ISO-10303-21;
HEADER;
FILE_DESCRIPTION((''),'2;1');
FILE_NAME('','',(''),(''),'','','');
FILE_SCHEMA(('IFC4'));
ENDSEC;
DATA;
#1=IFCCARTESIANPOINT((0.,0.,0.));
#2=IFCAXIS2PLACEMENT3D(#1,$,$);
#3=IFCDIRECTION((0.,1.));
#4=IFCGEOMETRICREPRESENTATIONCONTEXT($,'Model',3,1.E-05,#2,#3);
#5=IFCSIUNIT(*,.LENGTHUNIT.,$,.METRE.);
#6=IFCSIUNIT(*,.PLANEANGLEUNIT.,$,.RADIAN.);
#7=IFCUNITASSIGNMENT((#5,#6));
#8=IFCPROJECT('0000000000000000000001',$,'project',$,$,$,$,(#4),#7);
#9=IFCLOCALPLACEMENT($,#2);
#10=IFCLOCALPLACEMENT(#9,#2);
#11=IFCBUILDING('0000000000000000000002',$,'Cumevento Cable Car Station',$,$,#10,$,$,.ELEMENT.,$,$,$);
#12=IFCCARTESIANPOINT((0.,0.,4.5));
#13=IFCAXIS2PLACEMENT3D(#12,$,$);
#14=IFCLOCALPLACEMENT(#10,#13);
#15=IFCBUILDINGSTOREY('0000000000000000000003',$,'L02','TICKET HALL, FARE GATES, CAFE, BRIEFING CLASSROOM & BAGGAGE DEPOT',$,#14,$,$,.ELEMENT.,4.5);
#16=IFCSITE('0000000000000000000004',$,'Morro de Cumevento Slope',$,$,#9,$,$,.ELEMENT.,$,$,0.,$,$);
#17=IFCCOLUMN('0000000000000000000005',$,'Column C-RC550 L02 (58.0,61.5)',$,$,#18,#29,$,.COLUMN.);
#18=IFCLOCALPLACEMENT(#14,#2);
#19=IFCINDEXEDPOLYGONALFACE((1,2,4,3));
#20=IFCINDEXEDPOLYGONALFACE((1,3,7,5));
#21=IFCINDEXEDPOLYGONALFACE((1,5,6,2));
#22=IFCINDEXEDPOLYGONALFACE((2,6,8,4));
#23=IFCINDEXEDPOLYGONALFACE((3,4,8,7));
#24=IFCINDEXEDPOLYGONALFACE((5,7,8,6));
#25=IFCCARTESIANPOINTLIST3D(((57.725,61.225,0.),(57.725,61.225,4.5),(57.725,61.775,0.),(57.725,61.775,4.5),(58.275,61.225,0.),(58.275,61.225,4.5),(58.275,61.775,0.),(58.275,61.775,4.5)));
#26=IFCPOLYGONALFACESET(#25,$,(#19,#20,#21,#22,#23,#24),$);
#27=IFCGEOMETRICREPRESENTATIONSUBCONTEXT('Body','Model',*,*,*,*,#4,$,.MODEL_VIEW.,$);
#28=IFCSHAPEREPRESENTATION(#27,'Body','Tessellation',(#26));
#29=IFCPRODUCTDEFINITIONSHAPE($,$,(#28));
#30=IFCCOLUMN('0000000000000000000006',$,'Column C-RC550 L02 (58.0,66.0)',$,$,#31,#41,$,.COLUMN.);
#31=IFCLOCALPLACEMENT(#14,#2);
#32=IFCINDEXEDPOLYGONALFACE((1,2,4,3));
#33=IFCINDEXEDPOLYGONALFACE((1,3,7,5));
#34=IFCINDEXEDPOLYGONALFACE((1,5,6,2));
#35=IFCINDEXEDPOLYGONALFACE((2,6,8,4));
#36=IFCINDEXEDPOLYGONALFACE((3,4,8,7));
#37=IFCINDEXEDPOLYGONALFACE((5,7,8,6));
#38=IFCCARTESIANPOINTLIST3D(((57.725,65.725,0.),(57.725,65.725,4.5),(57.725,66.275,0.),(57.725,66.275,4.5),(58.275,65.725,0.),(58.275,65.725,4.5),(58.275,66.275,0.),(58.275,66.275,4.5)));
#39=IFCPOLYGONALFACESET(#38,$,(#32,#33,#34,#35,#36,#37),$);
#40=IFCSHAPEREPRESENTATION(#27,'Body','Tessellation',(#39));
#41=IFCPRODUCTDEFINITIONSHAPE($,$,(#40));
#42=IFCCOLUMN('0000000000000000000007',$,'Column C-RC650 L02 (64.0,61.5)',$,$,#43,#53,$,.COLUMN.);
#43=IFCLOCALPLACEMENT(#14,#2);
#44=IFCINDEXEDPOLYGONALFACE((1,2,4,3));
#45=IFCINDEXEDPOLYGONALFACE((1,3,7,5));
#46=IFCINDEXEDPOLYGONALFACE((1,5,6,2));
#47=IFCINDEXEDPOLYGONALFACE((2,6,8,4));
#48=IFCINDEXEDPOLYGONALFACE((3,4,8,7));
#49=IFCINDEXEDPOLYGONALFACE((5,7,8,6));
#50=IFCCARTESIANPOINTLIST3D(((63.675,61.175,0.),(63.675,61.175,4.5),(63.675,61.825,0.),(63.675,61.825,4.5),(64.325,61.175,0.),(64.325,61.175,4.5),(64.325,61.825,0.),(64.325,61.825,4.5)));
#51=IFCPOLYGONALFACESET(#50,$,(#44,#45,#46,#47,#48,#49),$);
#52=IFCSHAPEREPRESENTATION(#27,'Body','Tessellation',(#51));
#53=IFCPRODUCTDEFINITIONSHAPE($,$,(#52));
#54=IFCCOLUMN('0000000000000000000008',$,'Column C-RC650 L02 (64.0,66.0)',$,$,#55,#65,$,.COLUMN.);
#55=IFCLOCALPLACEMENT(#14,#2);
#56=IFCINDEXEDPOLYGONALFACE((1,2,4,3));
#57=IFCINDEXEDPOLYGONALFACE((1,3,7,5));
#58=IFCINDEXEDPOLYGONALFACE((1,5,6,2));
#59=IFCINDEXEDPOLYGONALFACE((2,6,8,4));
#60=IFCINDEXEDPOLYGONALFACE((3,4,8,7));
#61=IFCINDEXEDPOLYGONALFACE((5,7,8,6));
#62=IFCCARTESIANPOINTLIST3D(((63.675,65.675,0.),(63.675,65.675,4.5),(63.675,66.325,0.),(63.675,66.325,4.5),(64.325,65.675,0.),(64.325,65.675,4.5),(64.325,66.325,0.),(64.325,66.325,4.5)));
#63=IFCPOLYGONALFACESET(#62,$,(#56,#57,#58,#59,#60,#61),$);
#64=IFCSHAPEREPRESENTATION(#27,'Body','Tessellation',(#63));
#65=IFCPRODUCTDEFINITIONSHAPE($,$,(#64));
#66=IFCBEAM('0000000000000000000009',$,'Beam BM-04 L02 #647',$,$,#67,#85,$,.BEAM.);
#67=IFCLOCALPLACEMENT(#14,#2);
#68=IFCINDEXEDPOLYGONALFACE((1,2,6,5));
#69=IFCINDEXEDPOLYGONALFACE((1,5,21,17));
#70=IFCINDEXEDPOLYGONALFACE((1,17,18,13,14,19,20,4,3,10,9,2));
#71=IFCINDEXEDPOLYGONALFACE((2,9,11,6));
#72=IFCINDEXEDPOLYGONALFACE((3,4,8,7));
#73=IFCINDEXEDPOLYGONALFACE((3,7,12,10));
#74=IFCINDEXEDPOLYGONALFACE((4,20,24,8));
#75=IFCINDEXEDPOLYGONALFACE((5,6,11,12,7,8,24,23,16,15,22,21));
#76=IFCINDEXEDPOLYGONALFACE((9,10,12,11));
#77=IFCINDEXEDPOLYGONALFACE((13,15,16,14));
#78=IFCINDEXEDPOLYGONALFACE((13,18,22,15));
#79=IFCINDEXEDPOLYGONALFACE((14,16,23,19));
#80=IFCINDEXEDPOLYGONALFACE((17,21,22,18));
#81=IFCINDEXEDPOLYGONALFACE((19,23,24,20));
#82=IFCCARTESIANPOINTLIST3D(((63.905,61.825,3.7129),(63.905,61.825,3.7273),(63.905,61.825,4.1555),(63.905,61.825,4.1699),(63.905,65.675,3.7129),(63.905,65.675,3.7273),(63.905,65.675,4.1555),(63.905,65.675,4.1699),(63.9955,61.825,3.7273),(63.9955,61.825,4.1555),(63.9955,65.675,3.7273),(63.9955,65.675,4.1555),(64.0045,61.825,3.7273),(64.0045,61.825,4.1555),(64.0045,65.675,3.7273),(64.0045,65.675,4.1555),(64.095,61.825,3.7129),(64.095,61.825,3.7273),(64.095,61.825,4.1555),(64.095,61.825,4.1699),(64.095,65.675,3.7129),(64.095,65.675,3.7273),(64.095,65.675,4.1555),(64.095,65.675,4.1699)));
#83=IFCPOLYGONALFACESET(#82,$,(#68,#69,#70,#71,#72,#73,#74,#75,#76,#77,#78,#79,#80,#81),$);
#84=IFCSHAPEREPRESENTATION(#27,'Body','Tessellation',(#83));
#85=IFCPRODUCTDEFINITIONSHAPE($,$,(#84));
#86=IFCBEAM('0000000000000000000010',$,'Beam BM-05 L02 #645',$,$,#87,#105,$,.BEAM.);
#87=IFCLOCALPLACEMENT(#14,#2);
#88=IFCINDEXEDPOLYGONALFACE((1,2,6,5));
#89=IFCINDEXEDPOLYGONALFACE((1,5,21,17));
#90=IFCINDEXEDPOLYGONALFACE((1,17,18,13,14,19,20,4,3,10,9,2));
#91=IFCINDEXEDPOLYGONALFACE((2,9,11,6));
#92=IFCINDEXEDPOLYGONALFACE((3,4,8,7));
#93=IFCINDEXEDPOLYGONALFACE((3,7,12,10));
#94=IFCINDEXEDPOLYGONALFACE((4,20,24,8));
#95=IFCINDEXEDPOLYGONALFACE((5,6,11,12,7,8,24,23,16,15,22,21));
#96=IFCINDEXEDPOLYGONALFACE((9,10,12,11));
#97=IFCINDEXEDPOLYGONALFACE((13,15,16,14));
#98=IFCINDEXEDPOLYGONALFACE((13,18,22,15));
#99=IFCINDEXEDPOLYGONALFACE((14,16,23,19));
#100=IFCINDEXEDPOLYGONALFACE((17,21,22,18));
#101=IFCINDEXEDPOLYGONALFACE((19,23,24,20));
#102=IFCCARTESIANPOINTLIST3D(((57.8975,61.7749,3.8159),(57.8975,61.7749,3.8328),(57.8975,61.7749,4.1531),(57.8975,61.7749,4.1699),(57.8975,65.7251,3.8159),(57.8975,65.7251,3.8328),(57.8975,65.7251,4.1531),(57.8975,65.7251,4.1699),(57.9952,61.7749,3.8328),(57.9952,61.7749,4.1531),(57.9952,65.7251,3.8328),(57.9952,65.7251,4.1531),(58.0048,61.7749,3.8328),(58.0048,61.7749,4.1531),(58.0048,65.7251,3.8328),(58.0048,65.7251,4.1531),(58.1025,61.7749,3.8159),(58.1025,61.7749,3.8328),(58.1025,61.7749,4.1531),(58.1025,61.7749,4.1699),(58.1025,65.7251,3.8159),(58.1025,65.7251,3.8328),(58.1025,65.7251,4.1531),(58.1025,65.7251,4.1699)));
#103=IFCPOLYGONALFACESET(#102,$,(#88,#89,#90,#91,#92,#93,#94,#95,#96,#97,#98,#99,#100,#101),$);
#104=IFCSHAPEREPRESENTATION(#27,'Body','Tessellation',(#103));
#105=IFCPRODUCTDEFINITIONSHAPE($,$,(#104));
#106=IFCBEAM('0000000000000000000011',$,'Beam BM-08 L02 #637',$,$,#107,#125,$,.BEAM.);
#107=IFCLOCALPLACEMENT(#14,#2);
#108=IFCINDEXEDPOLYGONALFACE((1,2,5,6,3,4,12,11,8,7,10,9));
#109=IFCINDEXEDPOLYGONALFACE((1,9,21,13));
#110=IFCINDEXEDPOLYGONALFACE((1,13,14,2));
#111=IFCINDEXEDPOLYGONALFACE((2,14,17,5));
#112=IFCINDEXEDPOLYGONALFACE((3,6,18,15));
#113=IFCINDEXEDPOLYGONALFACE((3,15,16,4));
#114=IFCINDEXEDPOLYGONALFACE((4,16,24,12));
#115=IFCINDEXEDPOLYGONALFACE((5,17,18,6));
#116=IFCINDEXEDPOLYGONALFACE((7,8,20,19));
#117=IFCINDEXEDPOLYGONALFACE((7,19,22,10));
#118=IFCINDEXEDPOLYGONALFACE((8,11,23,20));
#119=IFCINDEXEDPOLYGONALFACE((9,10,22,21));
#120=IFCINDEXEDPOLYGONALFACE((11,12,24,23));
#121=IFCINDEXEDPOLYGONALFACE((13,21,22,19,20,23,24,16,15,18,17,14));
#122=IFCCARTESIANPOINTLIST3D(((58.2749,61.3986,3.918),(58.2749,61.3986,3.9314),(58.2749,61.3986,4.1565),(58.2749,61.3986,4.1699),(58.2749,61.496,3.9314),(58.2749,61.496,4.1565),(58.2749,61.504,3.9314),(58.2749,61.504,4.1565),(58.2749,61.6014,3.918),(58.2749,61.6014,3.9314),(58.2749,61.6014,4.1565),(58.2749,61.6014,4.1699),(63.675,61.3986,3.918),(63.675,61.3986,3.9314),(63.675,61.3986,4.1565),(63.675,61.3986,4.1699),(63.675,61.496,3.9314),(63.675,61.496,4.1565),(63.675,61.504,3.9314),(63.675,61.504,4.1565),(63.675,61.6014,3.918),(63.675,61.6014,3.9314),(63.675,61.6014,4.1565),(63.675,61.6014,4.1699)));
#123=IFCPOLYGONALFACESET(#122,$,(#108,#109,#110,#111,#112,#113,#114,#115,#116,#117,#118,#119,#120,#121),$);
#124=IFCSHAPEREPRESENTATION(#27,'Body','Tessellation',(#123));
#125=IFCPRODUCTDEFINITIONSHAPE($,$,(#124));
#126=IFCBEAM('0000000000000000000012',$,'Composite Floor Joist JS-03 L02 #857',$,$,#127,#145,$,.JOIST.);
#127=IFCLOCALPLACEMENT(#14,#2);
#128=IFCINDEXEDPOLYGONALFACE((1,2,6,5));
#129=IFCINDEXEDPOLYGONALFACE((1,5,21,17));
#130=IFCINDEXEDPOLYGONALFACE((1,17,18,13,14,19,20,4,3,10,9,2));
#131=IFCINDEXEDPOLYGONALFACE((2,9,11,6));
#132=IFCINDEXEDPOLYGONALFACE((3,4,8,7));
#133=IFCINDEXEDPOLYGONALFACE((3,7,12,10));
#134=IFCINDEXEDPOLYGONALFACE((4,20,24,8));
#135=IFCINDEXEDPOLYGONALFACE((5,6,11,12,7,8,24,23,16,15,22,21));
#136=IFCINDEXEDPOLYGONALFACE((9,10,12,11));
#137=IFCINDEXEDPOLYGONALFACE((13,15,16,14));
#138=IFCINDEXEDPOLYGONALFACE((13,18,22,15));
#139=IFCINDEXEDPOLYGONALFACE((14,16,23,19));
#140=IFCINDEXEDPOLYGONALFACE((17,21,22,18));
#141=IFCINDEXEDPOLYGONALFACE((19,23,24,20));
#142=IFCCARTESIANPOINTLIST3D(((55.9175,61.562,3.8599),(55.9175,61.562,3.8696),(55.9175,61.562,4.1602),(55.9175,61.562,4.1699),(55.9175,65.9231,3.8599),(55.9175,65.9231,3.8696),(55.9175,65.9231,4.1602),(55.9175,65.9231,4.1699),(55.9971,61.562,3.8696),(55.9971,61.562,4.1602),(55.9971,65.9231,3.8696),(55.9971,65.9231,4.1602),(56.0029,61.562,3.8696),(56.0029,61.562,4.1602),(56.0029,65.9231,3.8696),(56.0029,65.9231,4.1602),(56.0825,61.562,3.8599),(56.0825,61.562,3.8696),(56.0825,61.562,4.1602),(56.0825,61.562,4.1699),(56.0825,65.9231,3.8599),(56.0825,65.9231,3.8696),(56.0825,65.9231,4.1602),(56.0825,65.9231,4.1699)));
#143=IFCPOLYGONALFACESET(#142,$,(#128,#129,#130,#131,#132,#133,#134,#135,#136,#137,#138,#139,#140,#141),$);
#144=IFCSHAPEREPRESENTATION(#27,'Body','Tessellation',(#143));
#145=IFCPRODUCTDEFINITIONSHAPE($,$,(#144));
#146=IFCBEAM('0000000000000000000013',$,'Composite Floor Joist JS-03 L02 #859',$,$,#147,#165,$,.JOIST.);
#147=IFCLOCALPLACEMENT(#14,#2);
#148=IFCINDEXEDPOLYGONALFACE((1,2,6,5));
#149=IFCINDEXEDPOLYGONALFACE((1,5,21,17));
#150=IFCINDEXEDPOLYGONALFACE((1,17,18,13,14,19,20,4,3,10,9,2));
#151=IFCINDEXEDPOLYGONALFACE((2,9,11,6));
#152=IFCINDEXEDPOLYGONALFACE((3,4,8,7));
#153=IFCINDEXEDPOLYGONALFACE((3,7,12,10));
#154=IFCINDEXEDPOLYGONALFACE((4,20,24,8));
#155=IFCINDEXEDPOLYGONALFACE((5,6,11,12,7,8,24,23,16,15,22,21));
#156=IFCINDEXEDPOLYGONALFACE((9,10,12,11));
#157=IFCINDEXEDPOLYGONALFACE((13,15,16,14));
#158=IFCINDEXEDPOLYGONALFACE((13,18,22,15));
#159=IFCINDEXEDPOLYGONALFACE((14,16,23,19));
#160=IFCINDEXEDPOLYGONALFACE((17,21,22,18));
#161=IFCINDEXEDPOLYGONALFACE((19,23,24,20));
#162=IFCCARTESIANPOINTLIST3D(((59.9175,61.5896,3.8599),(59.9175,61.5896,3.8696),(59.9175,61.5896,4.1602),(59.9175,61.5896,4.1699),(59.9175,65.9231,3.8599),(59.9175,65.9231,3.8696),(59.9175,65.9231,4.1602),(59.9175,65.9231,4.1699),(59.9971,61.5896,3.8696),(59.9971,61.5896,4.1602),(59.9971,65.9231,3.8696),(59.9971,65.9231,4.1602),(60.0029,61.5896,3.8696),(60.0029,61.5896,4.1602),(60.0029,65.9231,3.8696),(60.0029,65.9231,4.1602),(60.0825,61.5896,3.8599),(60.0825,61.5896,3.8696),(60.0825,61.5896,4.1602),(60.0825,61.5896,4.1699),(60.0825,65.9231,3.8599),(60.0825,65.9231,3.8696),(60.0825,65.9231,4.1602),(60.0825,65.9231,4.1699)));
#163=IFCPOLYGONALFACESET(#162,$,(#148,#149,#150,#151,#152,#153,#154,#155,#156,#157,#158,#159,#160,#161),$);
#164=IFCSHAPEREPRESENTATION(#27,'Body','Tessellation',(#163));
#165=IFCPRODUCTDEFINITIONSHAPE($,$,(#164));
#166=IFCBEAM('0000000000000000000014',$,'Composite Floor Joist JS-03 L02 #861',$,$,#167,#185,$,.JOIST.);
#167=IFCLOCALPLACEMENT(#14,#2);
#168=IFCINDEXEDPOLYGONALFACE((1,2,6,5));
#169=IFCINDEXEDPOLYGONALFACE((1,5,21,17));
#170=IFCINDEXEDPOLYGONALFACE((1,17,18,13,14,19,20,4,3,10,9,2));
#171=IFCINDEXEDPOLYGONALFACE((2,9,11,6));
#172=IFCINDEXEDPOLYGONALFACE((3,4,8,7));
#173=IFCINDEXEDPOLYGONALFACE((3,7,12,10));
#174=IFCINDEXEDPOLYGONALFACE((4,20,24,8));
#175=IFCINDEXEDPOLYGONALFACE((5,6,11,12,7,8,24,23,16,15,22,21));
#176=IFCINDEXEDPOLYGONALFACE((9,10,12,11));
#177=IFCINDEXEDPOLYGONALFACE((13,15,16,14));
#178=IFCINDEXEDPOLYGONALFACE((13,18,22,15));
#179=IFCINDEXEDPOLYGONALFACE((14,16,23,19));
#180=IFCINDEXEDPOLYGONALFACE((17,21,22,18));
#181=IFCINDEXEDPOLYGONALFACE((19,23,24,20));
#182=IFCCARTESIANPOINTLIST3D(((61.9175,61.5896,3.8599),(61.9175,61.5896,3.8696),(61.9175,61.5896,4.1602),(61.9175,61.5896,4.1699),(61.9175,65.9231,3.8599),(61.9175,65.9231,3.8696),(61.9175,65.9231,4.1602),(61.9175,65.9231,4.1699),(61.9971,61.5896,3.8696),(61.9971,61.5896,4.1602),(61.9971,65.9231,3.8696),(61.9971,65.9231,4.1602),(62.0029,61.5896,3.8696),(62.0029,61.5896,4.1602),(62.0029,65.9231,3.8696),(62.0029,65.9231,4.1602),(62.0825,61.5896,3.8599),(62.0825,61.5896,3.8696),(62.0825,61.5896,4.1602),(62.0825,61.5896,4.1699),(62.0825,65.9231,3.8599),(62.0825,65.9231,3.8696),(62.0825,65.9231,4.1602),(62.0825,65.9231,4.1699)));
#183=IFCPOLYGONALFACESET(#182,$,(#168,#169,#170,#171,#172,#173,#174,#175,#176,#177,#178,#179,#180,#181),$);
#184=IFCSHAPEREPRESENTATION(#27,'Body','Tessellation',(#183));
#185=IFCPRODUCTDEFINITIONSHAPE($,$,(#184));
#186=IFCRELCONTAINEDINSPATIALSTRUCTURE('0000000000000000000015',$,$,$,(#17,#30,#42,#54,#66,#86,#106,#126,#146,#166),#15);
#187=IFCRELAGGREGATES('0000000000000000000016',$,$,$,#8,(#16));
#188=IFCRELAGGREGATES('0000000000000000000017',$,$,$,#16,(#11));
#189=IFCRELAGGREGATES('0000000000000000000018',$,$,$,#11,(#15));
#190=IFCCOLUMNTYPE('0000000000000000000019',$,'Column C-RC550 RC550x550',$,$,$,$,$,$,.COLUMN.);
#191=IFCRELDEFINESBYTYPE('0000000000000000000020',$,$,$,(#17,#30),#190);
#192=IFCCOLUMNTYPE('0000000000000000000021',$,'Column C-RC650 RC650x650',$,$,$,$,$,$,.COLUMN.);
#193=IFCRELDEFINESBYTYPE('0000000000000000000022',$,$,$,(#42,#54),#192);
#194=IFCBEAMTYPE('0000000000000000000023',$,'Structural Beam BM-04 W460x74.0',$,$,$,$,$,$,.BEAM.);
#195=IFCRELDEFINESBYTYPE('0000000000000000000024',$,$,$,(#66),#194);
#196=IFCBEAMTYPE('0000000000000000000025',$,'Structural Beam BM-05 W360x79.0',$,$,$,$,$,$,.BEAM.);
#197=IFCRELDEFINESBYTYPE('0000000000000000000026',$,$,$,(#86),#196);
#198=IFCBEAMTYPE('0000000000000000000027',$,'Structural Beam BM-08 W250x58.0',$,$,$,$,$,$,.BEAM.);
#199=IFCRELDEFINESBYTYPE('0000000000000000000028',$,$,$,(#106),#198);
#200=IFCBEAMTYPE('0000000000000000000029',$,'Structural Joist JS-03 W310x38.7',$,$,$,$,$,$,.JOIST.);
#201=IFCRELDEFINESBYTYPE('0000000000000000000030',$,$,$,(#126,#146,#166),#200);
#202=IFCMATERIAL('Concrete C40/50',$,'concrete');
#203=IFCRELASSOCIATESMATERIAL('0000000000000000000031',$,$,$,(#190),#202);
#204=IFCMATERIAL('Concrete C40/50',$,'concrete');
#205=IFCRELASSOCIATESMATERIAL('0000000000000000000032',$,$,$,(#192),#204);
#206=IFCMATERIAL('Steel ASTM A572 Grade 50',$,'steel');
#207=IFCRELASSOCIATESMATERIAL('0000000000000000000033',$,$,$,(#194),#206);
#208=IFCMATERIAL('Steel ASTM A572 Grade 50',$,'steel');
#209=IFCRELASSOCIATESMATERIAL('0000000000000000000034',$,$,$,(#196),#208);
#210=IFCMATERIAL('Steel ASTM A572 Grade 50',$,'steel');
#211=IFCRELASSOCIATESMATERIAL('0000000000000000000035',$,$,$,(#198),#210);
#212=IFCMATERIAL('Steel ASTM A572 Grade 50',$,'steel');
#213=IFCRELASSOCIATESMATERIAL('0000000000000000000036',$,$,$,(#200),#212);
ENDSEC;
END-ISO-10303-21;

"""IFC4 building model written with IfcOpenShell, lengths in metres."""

from ifc_helpers import new_model, si_unit, direction, frame, origin, origin_2d, place, context, subcontext, project, spatial, rectangle, i_section, extrude, material, material_profile, profile_set, type_object, element, save


model = new_model("IFC4")

# Units and contexts
model_context = context("Model", 3, precision=1e-05, world=origin(), true_north=direction((0.0, 1.0)))
body_context = subcontext(model_context, "Body", "Model", "MODEL_VIEW")
ifc_project = project(units=[si_unit("LENGTHUNIT", "METRE"), si_unit("PLANEANGLEUNIT", "RADIAN")], contexts=[model_context])

# Site, building, storey
site_placement = place(None, origin())
site = spatial("IfcSite", under=ifc_project, at=site_placement, Name="Morro de Cumevento Slope", CompositionType="ELEMENT", RefElevation=0.0)
building_placement = place(site_placement, origin())
building = spatial("IfcBuilding", under=site, at=building_placement, Name="Cumevento Cable Car Station", CompositionType="ELEMENT")
storey_placement = place(building_placement, frame((0.0, 0.0, 4.5)))
storey = spatial("IfcBuildingStorey", under=building, at=storey_placement, Name="L02", Description="TICKET HALL, FARE GATES, CAFE, BRIEFING CLASSROOM & BAGGAGE DEPOT", CompositionType="ELEMENT", Elevation=4.5)

# Columns
ifc_material_1 = material(Name="Concrete C40/50", Category="concrete")
ifc_material_profile_1 = material_profile(ifc_material_1, rectangle(XDim=0.55, YDim=0.55, at=origin_2d()), Name="RC550x550")
ifc_profile_set_1 = profile_set([ifc_material_profile_1], Name="Concrete C40/50")
column_type_1 = type_object("IfcColumnType", Name="Column C-RC550 RC550x550", PredefinedType="COLUMN", material=ifc_profile_set_1)
for number, where, z_axis, x_axis, name in (
    (1, (58.0, 61.5, 0.0), (0.0, 0.0, 1.0), (1.0, 0.0, 0.0), "Column C-RC550 L02 (58.0,61.5)"),
    (2, (58.0, 66.0, 0.0), (0.0, 0.0, 1.0), (1.0, 0.0, 0.0), "Column C-RC550 L02 (58.0,66.0)"),
):
    element("IfcColumn", number, at=place(storey_placement, frame(where, z_axis=z_axis, x_axis=x_axis)), inside=storey, type_object=column_type_1, Name=name, PredefinedType="COLUMN", context=body_context, shape_type="SweptSolid", body=[
        extrude(rectangle(XDim=0.55, YDim=0.55, at=origin_2d()), origin(), (0.0, 0.0, 1.0), 4.5),
    ])
ifc_material_2 = material(Name="Concrete C40/50", Category="concrete")
ifc_material_profile_2 = material_profile(ifc_material_2, rectangle(XDim=0.6499, YDim=0.6499, at=origin_2d()), Name="RC650x650")
ifc_profile_set_2 = profile_set([ifc_material_profile_2], Name="Concrete C40/50")
column_type_2 = type_object("IfcColumnType", Name="Column C-RC650 RC650x650", PredefinedType="COLUMN", material=ifc_profile_set_2)
for number, where, z_axis, x_axis, name in (
    (3, (64.0, 61.5, 0.0), (0.0, 0.0, 1.0), (1.0, 0.0, 0.0), "Column C-RC650 L02 (64.0,61.5)"),
    (4, (64.0, 66.0, 0.0), (0.0, 0.0, 1.0), (1.0, 0.0, 0.0), "Column C-RC650 L02 (64.0,66.0)"),
):
    element("IfcColumn", number, at=place(storey_placement, frame(where, z_axis=z_axis, x_axis=x_axis)), inside=storey, type_object=column_type_2, Name=name, PredefinedType="COLUMN", context=body_context, shape_type="SweptSolid", body=[
        extrude(rectangle(XDim=0.6499, YDim=0.6499, at=origin_2d()), origin(), (0.0, 0.0, 1.0), 4.5),
    ])

# Beams
ifc_material_3 = material(Name="Steel ASTM A572 Grade 50", Category="steel")
ifc_material_profile_3 = material_profile(ifc_material_3, i_section(OverallWidth=0.1899, OverallDepth=0.457, WebThickness=0.009, FlangeThickness=0.0144, at=origin_2d()), Name="W460x74.0")
ifc_profile_set_3 = profile_set([ifc_material_profile_3], Name="Steel ASTM A572 Grade 50")
beam_type_1 = type_object("IfcBeamType", Name="Structural Beam BM-04 W460x74.0", PredefinedType="BEAM", material=ifc_profile_set_3)
beam_1_placement = place(storey_placement, frame((64.0, 61.825, 3.9414), z_axis=(0.0, 1.0, 0.0), x_axis=(-1.0, 0.0, 0.0)))
element("IfcBeam", 5, at=beam_1_placement, inside=storey, type_object=beam_type_1, Name="Beam BM-04 L02 #647", PredefinedType="BEAM", context=body_context, shape_type="SweptSolid", body=[
    extrude(i_section(OverallWidth=0.1899, OverallDepth=0.457, WebThickness=0.009, FlangeThickness=0.0144, at=origin_2d()), origin(), (0.0, 0.0, 1.0), 3.8501),
])
ifc_material_4 = material(Name="Steel ASTM A572 Grade 50", Category="steel")
ifc_material_profile_4 = material_profile(ifc_material_4, i_section(OverallWidth=0.2051, OverallDepth=0.354, WebThickness=0.0095, FlangeThickness=0.0168, at=origin_2d()), Name="W360x79.0")
ifc_profile_set_4 = profile_set([ifc_material_profile_4], Name="Steel ASTM A572 Grade 50")
beam_type_2 = type_object("IfcBeamType", Name="Structural Beam BM-05 W360x79.0", PredefinedType="BEAM", material=ifc_profile_set_4)
beam_2_placement = place(storey_placement, frame((58.0, 61.7749, 3.9929), z_axis=(0.0, 1.0, 0.0), x_axis=(-1.0, 0.0, 0.0)))
element("IfcBeam", 6, at=beam_2_placement, inside=storey, type_object=beam_type_2, Name="Beam BM-05 L02 #645", PredefinedType="BEAM", context=body_context, shape_type="SweptSolid", body=[
    extrude(i_section(OverallWidth=0.2051, OverallDepth=0.354, WebThickness=0.0095, FlangeThickness=0.0168, at=origin_2d()), origin(), (0.0, 0.0, 1.0), 3.9502),
])
ifc_material_5 = material(Name="Steel ASTM A572 Grade 50", Category="steel")
ifc_material_profile_5 = material_profile(ifc_material_5, i_section(OverallWidth=0.2029, OverallDepth=0.252, WebThickness=0.0081, FlangeThickness=0.0134, at=origin_2d()), Name="W250x58.0")
ifc_profile_set_5 = profile_set([ifc_material_profile_5], Name="Steel ASTM A572 Grade 50")
beam_type_3 = type_object("IfcBeamType", Name="Structural Beam BM-08 W250x58.0", PredefinedType="BEAM", material=ifc_profile_set_5)
beam_3_placement = place(storey_placement, frame((58.2749, 61.5, 4.0439), z_axis=(1.0, 0.0, 0.0), x_axis=(0.0, 1.0, 0.0)))
element("IfcBeam", 7, at=beam_3_placement, inside=storey, type_object=beam_type_3, Name="Beam BM-08 L02 #637", PredefinedType="BEAM", context=body_context, shape_type="SweptSolid", body=[
    extrude(i_section(OverallWidth=0.2029, OverallDepth=0.252, WebThickness=0.0081, FlangeThickness=0.0134, at=origin_2d()), origin(), (0.0, 0.0, 1.0), 5.4001),
])
ifc_material_6 = material(Name="Steel ASTM A572 Grade 50", Category="steel")
ifc_material_profile_6 = material_profile(ifc_material_6, i_section(OverallWidth=0.165, OverallDepth=0.3101, WebThickness=0.0059, FlangeThickness=0.0098, at=origin_2d()), Name="W310x38.7")
ifc_profile_set_6 = profile_set([ifc_material_profile_6], Name="Steel ASTM A572 Grade 50")
beam_type_4 = type_object("IfcBeamType", Name="Structural Joist JS-03 W310x38.7", PredefinedType="JOIST", material=ifc_profile_set_6)
beam_4_placement = place(storey_placement, frame((56.0, 61.562, 4.0149), z_axis=(0.0, 1.0, 0.0), x_axis=(-1.0, 0.0, 0.0)))
element("IfcBeam", 8, at=beam_4_placement, inside=storey, type_object=beam_type_4, Name="Composite Floor Joist JS-03 L02 #857", PredefinedType="JOIST", context=body_context, shape_type="SweptSolid", body=[
    extrude(i_section(OverallWidth=0.165, OverallDepth=0.3101, WebThickness=0.0059, FlangeThickness=0.0098, at=origin_2d()), origin(), (0.0, 0.0, 1.0), 4.3611),
])
for number, where, z_axis, x_axis, name in (
    (9, (60.0, 61.5896, 4.0149), (0.0, 1.0, 0.0), (-1.0, 0.0, 0.0), "Composite Floor Joist JS-03 L02 #859"),
    (10, (62.0, 61.5896, 4.0149), (0.0, 1.0, 0.0), (-1.0, 0.0, 0.0), "Composite Floor Joist JS-03 L02 #861"),
):
    element("IfcBeam", number, at=place(storey_placement, frame(where, z_axis=z_axis, x_axis=x_axis)), inside=storey, type_object=beam_type_4, Name=name, PredefinedType="JOIST", context=body_context, shape_type="SweptSolid", body=[
        extrude(i_section(OverallWidth=0.165, OverallDepth=0.3101, WebThickness=0.0059, FlangeThickness=0.0098, at=origin_2d()), origin(), (0.0, 0.0, 1.0), 4.3335),
    ])

save(model, "model.ifc")
